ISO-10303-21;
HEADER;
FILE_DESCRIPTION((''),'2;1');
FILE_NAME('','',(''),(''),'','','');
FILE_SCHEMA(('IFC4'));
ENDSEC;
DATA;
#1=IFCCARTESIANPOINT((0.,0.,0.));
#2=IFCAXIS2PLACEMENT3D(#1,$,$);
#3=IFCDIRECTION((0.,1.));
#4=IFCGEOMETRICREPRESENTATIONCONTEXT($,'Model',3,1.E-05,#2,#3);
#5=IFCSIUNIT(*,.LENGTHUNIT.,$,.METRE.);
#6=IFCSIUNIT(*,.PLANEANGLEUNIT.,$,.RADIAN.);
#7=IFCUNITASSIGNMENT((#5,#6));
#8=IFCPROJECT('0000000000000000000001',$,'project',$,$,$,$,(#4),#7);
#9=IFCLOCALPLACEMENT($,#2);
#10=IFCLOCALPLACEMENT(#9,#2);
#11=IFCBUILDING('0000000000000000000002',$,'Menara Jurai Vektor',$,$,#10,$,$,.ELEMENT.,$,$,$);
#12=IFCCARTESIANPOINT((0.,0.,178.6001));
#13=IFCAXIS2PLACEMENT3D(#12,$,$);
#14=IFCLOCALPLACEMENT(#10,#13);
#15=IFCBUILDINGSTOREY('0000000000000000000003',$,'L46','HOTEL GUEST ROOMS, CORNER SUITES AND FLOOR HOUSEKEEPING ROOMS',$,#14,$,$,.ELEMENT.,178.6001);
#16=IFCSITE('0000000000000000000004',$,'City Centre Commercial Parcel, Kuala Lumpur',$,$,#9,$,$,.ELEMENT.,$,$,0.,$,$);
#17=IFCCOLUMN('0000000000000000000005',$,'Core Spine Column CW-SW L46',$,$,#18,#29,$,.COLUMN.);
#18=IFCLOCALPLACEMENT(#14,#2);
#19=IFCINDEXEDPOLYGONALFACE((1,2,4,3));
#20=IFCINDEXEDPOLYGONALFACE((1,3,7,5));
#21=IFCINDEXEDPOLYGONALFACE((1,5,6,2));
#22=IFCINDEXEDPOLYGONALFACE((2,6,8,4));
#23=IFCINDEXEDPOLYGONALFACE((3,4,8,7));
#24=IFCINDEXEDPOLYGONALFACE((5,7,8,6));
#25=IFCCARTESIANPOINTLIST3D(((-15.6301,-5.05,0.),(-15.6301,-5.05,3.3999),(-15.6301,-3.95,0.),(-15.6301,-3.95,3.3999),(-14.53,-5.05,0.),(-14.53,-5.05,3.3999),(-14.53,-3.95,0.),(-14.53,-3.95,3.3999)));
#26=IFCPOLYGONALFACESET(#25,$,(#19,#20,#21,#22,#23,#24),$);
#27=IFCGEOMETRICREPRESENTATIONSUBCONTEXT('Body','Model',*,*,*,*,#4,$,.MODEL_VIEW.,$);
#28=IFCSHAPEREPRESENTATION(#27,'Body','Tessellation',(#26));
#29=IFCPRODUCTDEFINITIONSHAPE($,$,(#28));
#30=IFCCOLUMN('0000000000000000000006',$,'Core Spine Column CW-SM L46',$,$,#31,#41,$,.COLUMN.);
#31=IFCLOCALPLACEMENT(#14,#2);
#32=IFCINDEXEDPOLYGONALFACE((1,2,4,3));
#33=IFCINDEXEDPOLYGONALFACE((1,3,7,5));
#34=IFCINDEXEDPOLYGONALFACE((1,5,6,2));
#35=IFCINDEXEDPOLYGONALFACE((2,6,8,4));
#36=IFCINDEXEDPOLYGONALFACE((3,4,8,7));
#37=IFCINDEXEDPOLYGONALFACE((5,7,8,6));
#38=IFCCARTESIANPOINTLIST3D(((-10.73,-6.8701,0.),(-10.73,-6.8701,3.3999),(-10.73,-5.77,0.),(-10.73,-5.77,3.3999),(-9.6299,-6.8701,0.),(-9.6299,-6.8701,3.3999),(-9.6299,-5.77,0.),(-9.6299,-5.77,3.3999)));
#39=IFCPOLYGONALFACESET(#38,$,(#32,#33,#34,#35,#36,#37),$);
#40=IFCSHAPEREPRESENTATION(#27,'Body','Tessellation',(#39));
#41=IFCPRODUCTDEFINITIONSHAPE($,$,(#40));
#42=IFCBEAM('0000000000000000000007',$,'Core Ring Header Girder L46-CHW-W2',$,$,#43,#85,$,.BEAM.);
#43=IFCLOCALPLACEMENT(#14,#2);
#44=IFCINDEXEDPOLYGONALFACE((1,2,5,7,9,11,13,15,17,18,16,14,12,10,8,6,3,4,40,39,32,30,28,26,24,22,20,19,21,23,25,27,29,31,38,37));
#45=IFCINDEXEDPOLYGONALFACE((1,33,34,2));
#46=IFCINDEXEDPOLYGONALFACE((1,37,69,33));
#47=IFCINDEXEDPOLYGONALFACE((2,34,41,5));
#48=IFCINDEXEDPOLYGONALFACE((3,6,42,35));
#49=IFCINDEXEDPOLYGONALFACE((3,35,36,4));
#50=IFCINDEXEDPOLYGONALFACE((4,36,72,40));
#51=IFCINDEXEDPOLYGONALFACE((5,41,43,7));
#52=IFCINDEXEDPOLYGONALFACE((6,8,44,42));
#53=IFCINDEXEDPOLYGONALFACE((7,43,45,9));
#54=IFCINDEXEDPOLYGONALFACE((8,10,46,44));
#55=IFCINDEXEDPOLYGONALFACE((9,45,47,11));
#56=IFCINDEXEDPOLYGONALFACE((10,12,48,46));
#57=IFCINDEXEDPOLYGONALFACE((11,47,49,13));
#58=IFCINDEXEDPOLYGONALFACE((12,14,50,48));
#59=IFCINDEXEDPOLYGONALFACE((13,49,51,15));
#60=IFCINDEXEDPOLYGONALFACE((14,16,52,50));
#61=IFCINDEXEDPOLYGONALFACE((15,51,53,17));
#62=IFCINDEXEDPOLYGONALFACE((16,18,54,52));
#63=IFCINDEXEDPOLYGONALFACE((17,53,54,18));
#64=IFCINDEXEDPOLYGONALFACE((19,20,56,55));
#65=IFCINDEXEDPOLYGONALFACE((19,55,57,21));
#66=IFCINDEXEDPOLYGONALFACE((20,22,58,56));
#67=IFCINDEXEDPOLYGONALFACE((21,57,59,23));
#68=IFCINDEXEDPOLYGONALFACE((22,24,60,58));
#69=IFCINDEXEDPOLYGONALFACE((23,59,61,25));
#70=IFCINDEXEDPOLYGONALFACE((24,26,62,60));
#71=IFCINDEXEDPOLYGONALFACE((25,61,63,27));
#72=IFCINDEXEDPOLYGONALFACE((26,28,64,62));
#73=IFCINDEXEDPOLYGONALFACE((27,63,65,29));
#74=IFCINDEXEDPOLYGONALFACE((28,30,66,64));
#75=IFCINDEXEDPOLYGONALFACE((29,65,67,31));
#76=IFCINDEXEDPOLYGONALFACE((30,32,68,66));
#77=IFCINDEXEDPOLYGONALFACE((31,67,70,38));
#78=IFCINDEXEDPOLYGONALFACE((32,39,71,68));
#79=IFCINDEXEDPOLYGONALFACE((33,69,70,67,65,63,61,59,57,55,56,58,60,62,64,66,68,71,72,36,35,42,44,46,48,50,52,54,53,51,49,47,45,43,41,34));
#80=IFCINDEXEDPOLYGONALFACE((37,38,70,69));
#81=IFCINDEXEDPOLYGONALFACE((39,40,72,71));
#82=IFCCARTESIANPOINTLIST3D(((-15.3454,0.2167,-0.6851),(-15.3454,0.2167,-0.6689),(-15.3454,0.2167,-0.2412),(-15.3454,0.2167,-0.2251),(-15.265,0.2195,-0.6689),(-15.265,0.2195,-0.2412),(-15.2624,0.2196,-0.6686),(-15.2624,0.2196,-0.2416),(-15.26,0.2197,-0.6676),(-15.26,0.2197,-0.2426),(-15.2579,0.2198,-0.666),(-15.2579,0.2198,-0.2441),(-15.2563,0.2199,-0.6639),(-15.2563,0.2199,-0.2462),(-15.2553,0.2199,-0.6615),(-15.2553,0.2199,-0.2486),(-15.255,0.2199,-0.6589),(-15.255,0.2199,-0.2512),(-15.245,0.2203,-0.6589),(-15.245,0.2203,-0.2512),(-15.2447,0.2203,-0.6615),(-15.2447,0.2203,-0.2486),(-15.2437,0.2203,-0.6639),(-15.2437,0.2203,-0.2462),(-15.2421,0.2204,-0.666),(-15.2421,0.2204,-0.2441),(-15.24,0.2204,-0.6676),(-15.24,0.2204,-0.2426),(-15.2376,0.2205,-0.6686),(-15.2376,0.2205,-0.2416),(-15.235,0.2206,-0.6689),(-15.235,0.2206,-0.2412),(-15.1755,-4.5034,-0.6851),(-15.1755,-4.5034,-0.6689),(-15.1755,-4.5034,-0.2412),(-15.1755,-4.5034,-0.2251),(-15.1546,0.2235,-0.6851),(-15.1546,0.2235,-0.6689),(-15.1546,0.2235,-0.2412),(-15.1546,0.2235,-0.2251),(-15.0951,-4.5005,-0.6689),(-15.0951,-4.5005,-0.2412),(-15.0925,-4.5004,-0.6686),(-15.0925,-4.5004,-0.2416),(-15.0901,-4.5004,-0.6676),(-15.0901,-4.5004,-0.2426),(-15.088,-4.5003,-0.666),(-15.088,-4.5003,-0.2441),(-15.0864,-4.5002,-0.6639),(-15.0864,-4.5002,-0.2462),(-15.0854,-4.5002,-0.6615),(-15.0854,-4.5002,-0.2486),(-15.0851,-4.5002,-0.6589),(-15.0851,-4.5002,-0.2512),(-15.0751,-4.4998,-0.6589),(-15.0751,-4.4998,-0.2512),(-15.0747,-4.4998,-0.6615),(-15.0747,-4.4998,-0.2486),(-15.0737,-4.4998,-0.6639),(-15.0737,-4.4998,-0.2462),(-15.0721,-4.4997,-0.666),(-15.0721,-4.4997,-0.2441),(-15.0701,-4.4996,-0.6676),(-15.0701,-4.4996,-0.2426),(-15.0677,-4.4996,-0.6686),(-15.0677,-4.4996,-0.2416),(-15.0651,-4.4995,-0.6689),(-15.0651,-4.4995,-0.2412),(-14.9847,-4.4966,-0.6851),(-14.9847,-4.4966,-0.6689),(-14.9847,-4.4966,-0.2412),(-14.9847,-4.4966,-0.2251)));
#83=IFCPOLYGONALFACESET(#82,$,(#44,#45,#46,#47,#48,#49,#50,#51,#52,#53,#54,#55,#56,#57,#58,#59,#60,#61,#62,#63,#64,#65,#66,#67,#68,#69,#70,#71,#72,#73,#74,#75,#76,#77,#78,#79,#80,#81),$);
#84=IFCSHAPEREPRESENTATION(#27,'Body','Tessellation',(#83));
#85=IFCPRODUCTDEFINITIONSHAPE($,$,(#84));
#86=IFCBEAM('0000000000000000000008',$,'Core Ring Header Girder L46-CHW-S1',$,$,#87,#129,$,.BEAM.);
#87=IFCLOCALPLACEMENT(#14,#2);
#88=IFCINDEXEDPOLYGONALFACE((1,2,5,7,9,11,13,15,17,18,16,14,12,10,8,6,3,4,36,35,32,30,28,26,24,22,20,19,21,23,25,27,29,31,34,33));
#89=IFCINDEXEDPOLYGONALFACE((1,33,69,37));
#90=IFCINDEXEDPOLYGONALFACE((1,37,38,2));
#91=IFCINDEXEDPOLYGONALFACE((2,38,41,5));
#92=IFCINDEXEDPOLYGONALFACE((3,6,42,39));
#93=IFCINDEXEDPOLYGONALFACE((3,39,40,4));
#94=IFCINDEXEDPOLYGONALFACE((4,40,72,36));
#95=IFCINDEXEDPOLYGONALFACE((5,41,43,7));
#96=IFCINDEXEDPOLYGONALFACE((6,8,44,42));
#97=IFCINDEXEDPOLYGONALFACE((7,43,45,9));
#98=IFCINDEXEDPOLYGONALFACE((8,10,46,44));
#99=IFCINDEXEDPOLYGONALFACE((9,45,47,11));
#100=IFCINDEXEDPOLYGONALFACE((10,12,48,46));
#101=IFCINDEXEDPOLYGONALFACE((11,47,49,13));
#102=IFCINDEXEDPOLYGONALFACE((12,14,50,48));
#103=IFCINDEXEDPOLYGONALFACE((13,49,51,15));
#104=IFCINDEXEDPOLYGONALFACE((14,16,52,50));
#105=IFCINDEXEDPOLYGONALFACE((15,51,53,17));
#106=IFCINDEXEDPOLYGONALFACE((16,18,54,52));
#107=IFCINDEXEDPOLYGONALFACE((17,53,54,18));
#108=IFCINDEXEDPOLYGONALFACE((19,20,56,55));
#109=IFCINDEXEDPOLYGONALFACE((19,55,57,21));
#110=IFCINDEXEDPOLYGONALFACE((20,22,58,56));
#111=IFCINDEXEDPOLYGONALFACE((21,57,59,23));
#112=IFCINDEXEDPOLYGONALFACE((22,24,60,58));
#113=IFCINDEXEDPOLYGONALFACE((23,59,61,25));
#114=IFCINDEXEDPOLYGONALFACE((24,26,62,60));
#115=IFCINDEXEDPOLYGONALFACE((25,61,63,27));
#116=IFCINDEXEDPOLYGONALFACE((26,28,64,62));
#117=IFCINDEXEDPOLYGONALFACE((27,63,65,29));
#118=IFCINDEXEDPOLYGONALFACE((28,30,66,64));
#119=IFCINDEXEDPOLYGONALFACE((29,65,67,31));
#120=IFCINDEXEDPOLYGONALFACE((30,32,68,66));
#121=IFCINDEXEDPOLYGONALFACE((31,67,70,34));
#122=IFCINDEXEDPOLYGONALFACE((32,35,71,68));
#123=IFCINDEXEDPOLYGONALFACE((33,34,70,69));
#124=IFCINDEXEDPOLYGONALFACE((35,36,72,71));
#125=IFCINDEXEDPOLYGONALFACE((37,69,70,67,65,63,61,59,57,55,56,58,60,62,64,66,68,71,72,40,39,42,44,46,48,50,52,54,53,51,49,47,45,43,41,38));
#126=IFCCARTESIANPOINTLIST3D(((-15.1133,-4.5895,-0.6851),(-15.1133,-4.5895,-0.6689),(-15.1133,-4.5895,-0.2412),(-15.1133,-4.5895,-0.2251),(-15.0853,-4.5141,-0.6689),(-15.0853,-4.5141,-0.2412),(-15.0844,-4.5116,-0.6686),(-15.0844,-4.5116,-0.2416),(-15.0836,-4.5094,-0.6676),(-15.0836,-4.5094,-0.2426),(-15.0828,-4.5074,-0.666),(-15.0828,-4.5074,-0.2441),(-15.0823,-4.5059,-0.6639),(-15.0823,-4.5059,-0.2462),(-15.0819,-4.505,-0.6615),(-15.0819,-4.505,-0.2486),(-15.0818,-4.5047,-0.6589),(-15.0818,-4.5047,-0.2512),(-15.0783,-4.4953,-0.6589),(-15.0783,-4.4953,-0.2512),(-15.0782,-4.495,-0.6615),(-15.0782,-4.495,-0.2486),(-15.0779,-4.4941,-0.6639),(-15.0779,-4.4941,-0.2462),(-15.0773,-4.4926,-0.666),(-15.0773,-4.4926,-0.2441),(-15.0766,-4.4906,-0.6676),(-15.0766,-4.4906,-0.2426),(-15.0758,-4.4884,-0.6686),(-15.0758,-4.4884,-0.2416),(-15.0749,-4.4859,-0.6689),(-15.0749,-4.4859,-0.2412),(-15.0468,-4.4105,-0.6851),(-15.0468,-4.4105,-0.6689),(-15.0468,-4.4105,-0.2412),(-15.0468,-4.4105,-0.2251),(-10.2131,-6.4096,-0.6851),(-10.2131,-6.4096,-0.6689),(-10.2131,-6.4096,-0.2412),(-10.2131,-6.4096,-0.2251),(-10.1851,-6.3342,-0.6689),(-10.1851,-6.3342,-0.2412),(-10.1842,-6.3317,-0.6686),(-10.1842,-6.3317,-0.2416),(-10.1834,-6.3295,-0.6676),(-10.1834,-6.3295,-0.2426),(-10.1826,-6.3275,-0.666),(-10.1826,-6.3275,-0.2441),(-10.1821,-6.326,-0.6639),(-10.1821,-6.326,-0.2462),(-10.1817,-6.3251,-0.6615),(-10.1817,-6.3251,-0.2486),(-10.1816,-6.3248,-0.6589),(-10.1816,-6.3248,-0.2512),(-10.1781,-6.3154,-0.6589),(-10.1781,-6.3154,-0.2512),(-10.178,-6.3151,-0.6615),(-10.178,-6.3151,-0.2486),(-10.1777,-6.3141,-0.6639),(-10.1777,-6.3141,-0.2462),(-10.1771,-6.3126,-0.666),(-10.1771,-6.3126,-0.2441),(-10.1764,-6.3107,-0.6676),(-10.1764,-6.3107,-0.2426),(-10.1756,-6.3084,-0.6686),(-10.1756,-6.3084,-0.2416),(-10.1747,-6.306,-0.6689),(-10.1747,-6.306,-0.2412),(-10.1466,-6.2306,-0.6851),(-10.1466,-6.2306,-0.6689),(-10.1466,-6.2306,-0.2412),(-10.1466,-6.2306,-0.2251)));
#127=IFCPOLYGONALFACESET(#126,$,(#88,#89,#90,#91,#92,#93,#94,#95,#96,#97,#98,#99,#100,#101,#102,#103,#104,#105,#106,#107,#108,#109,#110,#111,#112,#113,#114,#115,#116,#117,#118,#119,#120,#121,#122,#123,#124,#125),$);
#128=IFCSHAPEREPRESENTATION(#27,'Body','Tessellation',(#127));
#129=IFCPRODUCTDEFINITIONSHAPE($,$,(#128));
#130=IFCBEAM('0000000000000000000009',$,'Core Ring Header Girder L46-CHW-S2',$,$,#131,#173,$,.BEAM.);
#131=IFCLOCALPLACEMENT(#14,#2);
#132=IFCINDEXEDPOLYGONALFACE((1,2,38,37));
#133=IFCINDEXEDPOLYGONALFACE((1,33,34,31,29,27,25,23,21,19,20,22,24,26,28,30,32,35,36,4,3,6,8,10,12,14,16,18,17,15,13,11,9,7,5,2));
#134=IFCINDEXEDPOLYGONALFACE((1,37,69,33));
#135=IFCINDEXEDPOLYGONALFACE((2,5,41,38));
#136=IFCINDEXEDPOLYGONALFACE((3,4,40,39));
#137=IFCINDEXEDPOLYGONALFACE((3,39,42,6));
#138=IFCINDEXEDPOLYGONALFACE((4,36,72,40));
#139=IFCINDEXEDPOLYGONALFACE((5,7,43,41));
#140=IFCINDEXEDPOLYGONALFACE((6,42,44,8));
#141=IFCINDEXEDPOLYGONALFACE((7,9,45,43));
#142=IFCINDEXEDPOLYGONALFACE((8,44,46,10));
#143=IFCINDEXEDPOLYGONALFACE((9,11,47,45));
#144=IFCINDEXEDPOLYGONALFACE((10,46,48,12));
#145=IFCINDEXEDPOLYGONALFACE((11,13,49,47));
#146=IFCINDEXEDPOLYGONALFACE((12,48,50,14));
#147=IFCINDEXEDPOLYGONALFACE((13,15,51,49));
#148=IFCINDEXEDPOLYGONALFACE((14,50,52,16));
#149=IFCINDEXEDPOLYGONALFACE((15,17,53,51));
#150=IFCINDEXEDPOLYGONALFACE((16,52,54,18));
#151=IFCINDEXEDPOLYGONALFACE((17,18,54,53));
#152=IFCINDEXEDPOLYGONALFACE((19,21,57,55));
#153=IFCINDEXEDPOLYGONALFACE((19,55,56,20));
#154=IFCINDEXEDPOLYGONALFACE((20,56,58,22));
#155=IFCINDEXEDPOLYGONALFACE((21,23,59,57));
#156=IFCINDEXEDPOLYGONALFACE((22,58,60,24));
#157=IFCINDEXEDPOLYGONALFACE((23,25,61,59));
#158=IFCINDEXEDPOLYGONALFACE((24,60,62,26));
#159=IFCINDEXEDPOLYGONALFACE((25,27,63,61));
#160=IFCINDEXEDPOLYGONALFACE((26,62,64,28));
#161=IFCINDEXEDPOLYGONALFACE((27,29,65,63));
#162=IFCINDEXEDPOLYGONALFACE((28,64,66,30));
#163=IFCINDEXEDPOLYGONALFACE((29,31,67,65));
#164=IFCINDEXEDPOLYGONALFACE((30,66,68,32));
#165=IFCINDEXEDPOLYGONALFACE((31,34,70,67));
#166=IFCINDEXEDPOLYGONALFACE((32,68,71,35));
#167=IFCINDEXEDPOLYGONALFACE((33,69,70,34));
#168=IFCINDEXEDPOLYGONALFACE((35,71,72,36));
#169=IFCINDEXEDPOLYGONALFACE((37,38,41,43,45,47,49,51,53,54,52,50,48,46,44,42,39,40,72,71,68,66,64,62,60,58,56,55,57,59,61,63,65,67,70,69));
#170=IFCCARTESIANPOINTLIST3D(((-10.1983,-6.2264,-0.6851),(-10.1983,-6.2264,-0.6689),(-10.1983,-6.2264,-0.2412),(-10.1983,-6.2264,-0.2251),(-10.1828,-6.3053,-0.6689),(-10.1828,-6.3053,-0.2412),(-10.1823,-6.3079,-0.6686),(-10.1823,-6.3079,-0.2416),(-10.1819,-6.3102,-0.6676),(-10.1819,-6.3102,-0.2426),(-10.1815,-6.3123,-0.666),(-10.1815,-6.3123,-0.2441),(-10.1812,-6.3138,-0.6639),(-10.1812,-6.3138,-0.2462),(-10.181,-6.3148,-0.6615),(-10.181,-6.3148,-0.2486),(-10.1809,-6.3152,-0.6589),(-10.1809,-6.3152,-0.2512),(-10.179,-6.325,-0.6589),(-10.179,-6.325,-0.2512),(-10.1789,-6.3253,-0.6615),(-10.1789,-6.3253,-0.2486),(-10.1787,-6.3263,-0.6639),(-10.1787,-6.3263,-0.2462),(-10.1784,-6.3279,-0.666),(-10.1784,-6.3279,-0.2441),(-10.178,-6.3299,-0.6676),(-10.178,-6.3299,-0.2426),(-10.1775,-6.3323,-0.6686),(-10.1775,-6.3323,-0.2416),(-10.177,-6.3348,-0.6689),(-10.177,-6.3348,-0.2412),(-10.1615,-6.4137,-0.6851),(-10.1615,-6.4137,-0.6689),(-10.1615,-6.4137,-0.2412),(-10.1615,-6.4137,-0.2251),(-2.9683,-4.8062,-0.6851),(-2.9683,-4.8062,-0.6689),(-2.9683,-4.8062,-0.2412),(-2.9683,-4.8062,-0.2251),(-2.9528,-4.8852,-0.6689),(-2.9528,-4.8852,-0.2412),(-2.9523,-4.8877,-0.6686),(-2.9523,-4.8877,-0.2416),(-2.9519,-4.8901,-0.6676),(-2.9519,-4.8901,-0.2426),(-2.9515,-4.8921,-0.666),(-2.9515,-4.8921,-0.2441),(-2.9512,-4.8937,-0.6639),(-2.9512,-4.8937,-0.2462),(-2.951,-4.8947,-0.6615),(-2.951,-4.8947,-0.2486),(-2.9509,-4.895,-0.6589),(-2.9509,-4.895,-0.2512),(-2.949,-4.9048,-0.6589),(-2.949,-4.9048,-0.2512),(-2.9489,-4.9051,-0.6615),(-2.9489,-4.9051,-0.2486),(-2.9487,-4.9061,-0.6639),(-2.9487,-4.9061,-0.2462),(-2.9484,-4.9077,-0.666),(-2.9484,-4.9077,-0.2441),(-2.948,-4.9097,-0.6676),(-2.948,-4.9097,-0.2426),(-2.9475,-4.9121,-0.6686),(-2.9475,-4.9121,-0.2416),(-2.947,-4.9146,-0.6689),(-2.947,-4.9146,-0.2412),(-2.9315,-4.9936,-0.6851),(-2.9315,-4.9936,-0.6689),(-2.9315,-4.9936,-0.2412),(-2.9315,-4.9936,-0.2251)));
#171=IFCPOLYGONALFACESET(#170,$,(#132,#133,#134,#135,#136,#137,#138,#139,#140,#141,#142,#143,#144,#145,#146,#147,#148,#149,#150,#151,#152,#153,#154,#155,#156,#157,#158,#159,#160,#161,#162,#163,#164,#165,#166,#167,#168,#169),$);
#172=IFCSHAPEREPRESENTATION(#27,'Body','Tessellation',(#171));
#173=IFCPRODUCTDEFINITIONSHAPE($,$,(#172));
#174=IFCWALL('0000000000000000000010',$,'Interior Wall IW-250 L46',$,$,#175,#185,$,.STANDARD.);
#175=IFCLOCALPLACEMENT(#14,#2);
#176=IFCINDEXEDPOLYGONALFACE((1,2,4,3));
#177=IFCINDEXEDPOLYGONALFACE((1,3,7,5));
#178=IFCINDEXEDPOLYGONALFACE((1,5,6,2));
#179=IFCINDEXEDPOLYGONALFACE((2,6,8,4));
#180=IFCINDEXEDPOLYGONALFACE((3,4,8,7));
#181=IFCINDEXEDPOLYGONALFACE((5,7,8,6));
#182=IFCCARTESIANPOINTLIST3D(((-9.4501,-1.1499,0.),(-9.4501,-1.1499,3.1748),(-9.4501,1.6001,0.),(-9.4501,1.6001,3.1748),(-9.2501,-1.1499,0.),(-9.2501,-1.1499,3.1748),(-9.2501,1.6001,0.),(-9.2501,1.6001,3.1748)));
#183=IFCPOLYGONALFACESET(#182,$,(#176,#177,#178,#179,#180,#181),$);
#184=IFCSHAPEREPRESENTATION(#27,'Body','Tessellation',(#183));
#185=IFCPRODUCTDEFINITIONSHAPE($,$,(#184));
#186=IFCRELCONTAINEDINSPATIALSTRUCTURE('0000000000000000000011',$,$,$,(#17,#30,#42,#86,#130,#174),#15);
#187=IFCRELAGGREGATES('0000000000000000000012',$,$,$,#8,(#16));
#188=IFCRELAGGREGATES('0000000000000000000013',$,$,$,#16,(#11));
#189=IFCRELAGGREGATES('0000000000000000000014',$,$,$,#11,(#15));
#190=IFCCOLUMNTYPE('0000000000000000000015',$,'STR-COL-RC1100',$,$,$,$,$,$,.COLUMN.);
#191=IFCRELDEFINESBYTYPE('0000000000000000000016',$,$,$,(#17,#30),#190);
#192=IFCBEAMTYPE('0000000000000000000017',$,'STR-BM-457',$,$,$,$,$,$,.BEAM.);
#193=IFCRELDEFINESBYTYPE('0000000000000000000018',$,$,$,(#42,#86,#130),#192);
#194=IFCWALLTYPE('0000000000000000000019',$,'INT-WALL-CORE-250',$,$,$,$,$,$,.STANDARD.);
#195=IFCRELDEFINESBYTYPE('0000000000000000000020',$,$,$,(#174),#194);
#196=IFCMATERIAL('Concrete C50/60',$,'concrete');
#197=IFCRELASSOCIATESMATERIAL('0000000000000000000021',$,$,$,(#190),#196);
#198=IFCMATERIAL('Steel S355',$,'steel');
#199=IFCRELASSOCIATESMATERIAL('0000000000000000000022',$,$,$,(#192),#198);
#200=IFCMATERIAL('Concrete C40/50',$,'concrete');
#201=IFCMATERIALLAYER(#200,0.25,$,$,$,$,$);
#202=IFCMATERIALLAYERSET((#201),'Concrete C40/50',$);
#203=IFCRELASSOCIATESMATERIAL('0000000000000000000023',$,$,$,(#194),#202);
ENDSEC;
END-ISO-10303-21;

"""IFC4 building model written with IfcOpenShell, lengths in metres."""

from ifc_helpers import new_model, si_unit, direction, frame, frame_2d, origin, origin_2d, place, context, subcontext, project, spatial, rectangle, i_section, extrude, material, layer, layer_set, material_profile, profile_set, type_object, element, save


model = new_model("IFC4")

# Units and contexts
model_context = context("Model", 3, precision=1e-05, world=origin(), true_north=direction((0.0, 1.0)))
body_context = subcontext(model_context, "Body", "Model", "MODEL_VIEW")
ifc_project = project(units=[si_unit("LENGTHUNIT", "METRE"), si_unit("PLANEANGLEUNIT", "RADIAN")], contexts=[model_context])

# Site, building, storey
site_placement = place(None, origin())
site = spatial("IfcSite", under=ifc_project, at=site_placement, Name="City Centre Commercial Parcel, Kuala Lumpur", CompositionType="ELEMENT", RefElevation=0.0)
building_placement = place(site_placement, origin())
building = spatial("IfcBuilding", under=site, at=building_placement, Name="Menara Jurai Vektor", CompositionType="ELEMENT")
storey_placement = place(building_placement, frame((0.0, 0.0, 178.6001)))
storey = spatial("IfcBuildingStorey", under=building, at=storey_placement, Name="L46", Description="HOTEL GUEST ROOMS, CORNER SUITES AND FLOOR HOUSEKEEPING ROOMS", CompositionType="ELEMENT", Elevation=178.6001)

# Columns
ifc_material_1 = material(Name="Concrete C50/60", Category="concrete")
ifc_material_profile_1 = material_profile(ifc_material_1, rectangle(XDim=1.1001, YDim=1.1001, at=origin_2d()), Name="RC 1100x1100")
ifc_profile_set_1 = profile_set([ifc_material_profile_1], Name="Concrete C50/60")
column_type = type_object("IfcColumnType", Name="STR-COL-RC1100", PredefinedType="COLUMN", material=ifc_profile_set_1)
for number, where, z_axis, x_axis, name in (
    (1, (-15.0801, -4.5, 0.0), (0.0, 0.0, 1.0), (1.0, 0.0, 0.0), "Core Spine Column CW-SW L46"),
    (2, (-10.1799, -6.3201, 0.0), (0.0, 0.0, 1.0), (1.0, 0.0, 0.0), "Core Spine Column CW-SM L46"),
):
    element("IfcColumn", number, at=place(storey_placement, frame(where, z_axis=z_axis, x_axis=x_axis)), inside=storey, type_object=column_type, Name=name, PredefinedType="COLUMN", context=body_context, shape_type="SweptSolid", body=[
        extrude(rectangle(XDim=1.1001, YDim=1.1001, at=origin_2d()), origin(), (0.0, 0.0, 1.0), 3.3999),
    ])

# Beams
ifc_material_2 = material(Name="Steel S355", Category="steel")
ifc_material_profile_2 = material_profile(ifc_material_2, i_section(OverallWidth=0.1909, OverallDepth=0.46, WebThickness=0.01, FlangeThickness=0.0161, FilletRadius=0.01, at=origin_2d()), Name="UKB 457x191x82")
ifc_profile_set_2 = profile_set([ifc_material_profile_2], Name="Steel S355")
beam_type = type_object("IfcBeamType", Name="STR-BM-457", PredefinedType="BEAM", material=ifc_profile_set_2)
beam_1_placement = place(storey_placement, frame((-15.0801, -4.5, -0.4551), z_axis=(-0.035977, 0.999353, 0.0), x_axis=(-0.999353, -0.035977, 0.0)))
element("IfcBeam", 3, at=beam_1_placement, inside=storey, type_object=beam_type, Name="Core Ring Header Girder L46-CHW-W2", PredefinedType="BEAM", context=body_context, shape_type="SweptSolid", body=[
    extrude(i_section(OverallWidth=0.1909, OverallDepth=0.46, WebThickness=0.01, FlangeThickness=0.0161, FilletRadius=0.01, at=origin_2d()), origin(), (0.0, 0.0, 1.0), 4.7231),
])
beam_2_placement = place(storey_placement, frame((-15.0801, -4.5, -0.4551), z_axis=(0.937424, -0.348189, 0.0), x_axis=(0.348189, 0.937424, 0.0)))
element("IfcBeam", 4, at=beam_2_placement, inside=storey, type_object=beam_type, Name="Core Ring Header Girder L46-CHW-S1", PredefinedType="BEAM", context=body_context, shape_type="SweptSolid", body=[
    extrude(i_section(OverallWidth=0.1909, OverallDepth=0.46, WebThickness=0.01, FlangeThickness=0.0161, FilletRadius=0.01, at=origin_2d()), origin(), (0.0, 0.0, 1.0), 5.2273),
])
beam_3_placement = place(storey_placement, frame((-10.1799, -6.3201, -0.4551), z_axis=(0.981249, 0.192744, 0.0), x_axis=(-0.192744, 0.981249, 0.0)))
element("IfcBeam", 5, at=beam_3_placement, inside=storey, type_object=beam_type, Name="Core Ring Header Girder L46-CHW-S2", PredefinedType="BEAM", context=body_context, shape_type="SweptSolid", body=[
    extrude(i_section(OverallWidth=0.1909, OverallDepth=0.46, WebThickness=0.01, FlangeThickness=0.0161, FilletRadius=0.01, at=origin_2d()), origin(), (0.0, 0.0, 1.0), 7.3682),
])

# Shared definitions
ifc_material_3 = material(Name="Concrete C40/50", Category="concrete")
ifc_layer_1 = layer(ifc_material_3, 0.25)
ifc_layer_set_1 = layer_set([ifc_layer_1], Name="Concrete C40/50")
wall_type_1 = type_object("IfcWallType", Name="INT-WALL-CORE-250", PredefinedType="STANDARD", material=ifc_layer_set_1)

# Wall
wall_1_placement = place(storey_placement, frame((-9.3501, -1.1499, 0.0), z_axis=(0.0, 0.0, 1.0), x_axis=(0.0, 1.0, 0.0)))
element("IfcWall", 6, at=wall_1_placement, inside=storey, type_object=wall_type_1, Name="Interior Wall IW-250 L46", PredefinedType="STANDARD", context=body_context, shape_type="SweptSolid", body=[
    extrude(rectangle(XDim=2.75, YDim=0.2, at=frame_2d((1.375, 0.0))), origin(), (0.0, 0.0, 1.0), 3.1748),
])

save(model, "model.ifc")
